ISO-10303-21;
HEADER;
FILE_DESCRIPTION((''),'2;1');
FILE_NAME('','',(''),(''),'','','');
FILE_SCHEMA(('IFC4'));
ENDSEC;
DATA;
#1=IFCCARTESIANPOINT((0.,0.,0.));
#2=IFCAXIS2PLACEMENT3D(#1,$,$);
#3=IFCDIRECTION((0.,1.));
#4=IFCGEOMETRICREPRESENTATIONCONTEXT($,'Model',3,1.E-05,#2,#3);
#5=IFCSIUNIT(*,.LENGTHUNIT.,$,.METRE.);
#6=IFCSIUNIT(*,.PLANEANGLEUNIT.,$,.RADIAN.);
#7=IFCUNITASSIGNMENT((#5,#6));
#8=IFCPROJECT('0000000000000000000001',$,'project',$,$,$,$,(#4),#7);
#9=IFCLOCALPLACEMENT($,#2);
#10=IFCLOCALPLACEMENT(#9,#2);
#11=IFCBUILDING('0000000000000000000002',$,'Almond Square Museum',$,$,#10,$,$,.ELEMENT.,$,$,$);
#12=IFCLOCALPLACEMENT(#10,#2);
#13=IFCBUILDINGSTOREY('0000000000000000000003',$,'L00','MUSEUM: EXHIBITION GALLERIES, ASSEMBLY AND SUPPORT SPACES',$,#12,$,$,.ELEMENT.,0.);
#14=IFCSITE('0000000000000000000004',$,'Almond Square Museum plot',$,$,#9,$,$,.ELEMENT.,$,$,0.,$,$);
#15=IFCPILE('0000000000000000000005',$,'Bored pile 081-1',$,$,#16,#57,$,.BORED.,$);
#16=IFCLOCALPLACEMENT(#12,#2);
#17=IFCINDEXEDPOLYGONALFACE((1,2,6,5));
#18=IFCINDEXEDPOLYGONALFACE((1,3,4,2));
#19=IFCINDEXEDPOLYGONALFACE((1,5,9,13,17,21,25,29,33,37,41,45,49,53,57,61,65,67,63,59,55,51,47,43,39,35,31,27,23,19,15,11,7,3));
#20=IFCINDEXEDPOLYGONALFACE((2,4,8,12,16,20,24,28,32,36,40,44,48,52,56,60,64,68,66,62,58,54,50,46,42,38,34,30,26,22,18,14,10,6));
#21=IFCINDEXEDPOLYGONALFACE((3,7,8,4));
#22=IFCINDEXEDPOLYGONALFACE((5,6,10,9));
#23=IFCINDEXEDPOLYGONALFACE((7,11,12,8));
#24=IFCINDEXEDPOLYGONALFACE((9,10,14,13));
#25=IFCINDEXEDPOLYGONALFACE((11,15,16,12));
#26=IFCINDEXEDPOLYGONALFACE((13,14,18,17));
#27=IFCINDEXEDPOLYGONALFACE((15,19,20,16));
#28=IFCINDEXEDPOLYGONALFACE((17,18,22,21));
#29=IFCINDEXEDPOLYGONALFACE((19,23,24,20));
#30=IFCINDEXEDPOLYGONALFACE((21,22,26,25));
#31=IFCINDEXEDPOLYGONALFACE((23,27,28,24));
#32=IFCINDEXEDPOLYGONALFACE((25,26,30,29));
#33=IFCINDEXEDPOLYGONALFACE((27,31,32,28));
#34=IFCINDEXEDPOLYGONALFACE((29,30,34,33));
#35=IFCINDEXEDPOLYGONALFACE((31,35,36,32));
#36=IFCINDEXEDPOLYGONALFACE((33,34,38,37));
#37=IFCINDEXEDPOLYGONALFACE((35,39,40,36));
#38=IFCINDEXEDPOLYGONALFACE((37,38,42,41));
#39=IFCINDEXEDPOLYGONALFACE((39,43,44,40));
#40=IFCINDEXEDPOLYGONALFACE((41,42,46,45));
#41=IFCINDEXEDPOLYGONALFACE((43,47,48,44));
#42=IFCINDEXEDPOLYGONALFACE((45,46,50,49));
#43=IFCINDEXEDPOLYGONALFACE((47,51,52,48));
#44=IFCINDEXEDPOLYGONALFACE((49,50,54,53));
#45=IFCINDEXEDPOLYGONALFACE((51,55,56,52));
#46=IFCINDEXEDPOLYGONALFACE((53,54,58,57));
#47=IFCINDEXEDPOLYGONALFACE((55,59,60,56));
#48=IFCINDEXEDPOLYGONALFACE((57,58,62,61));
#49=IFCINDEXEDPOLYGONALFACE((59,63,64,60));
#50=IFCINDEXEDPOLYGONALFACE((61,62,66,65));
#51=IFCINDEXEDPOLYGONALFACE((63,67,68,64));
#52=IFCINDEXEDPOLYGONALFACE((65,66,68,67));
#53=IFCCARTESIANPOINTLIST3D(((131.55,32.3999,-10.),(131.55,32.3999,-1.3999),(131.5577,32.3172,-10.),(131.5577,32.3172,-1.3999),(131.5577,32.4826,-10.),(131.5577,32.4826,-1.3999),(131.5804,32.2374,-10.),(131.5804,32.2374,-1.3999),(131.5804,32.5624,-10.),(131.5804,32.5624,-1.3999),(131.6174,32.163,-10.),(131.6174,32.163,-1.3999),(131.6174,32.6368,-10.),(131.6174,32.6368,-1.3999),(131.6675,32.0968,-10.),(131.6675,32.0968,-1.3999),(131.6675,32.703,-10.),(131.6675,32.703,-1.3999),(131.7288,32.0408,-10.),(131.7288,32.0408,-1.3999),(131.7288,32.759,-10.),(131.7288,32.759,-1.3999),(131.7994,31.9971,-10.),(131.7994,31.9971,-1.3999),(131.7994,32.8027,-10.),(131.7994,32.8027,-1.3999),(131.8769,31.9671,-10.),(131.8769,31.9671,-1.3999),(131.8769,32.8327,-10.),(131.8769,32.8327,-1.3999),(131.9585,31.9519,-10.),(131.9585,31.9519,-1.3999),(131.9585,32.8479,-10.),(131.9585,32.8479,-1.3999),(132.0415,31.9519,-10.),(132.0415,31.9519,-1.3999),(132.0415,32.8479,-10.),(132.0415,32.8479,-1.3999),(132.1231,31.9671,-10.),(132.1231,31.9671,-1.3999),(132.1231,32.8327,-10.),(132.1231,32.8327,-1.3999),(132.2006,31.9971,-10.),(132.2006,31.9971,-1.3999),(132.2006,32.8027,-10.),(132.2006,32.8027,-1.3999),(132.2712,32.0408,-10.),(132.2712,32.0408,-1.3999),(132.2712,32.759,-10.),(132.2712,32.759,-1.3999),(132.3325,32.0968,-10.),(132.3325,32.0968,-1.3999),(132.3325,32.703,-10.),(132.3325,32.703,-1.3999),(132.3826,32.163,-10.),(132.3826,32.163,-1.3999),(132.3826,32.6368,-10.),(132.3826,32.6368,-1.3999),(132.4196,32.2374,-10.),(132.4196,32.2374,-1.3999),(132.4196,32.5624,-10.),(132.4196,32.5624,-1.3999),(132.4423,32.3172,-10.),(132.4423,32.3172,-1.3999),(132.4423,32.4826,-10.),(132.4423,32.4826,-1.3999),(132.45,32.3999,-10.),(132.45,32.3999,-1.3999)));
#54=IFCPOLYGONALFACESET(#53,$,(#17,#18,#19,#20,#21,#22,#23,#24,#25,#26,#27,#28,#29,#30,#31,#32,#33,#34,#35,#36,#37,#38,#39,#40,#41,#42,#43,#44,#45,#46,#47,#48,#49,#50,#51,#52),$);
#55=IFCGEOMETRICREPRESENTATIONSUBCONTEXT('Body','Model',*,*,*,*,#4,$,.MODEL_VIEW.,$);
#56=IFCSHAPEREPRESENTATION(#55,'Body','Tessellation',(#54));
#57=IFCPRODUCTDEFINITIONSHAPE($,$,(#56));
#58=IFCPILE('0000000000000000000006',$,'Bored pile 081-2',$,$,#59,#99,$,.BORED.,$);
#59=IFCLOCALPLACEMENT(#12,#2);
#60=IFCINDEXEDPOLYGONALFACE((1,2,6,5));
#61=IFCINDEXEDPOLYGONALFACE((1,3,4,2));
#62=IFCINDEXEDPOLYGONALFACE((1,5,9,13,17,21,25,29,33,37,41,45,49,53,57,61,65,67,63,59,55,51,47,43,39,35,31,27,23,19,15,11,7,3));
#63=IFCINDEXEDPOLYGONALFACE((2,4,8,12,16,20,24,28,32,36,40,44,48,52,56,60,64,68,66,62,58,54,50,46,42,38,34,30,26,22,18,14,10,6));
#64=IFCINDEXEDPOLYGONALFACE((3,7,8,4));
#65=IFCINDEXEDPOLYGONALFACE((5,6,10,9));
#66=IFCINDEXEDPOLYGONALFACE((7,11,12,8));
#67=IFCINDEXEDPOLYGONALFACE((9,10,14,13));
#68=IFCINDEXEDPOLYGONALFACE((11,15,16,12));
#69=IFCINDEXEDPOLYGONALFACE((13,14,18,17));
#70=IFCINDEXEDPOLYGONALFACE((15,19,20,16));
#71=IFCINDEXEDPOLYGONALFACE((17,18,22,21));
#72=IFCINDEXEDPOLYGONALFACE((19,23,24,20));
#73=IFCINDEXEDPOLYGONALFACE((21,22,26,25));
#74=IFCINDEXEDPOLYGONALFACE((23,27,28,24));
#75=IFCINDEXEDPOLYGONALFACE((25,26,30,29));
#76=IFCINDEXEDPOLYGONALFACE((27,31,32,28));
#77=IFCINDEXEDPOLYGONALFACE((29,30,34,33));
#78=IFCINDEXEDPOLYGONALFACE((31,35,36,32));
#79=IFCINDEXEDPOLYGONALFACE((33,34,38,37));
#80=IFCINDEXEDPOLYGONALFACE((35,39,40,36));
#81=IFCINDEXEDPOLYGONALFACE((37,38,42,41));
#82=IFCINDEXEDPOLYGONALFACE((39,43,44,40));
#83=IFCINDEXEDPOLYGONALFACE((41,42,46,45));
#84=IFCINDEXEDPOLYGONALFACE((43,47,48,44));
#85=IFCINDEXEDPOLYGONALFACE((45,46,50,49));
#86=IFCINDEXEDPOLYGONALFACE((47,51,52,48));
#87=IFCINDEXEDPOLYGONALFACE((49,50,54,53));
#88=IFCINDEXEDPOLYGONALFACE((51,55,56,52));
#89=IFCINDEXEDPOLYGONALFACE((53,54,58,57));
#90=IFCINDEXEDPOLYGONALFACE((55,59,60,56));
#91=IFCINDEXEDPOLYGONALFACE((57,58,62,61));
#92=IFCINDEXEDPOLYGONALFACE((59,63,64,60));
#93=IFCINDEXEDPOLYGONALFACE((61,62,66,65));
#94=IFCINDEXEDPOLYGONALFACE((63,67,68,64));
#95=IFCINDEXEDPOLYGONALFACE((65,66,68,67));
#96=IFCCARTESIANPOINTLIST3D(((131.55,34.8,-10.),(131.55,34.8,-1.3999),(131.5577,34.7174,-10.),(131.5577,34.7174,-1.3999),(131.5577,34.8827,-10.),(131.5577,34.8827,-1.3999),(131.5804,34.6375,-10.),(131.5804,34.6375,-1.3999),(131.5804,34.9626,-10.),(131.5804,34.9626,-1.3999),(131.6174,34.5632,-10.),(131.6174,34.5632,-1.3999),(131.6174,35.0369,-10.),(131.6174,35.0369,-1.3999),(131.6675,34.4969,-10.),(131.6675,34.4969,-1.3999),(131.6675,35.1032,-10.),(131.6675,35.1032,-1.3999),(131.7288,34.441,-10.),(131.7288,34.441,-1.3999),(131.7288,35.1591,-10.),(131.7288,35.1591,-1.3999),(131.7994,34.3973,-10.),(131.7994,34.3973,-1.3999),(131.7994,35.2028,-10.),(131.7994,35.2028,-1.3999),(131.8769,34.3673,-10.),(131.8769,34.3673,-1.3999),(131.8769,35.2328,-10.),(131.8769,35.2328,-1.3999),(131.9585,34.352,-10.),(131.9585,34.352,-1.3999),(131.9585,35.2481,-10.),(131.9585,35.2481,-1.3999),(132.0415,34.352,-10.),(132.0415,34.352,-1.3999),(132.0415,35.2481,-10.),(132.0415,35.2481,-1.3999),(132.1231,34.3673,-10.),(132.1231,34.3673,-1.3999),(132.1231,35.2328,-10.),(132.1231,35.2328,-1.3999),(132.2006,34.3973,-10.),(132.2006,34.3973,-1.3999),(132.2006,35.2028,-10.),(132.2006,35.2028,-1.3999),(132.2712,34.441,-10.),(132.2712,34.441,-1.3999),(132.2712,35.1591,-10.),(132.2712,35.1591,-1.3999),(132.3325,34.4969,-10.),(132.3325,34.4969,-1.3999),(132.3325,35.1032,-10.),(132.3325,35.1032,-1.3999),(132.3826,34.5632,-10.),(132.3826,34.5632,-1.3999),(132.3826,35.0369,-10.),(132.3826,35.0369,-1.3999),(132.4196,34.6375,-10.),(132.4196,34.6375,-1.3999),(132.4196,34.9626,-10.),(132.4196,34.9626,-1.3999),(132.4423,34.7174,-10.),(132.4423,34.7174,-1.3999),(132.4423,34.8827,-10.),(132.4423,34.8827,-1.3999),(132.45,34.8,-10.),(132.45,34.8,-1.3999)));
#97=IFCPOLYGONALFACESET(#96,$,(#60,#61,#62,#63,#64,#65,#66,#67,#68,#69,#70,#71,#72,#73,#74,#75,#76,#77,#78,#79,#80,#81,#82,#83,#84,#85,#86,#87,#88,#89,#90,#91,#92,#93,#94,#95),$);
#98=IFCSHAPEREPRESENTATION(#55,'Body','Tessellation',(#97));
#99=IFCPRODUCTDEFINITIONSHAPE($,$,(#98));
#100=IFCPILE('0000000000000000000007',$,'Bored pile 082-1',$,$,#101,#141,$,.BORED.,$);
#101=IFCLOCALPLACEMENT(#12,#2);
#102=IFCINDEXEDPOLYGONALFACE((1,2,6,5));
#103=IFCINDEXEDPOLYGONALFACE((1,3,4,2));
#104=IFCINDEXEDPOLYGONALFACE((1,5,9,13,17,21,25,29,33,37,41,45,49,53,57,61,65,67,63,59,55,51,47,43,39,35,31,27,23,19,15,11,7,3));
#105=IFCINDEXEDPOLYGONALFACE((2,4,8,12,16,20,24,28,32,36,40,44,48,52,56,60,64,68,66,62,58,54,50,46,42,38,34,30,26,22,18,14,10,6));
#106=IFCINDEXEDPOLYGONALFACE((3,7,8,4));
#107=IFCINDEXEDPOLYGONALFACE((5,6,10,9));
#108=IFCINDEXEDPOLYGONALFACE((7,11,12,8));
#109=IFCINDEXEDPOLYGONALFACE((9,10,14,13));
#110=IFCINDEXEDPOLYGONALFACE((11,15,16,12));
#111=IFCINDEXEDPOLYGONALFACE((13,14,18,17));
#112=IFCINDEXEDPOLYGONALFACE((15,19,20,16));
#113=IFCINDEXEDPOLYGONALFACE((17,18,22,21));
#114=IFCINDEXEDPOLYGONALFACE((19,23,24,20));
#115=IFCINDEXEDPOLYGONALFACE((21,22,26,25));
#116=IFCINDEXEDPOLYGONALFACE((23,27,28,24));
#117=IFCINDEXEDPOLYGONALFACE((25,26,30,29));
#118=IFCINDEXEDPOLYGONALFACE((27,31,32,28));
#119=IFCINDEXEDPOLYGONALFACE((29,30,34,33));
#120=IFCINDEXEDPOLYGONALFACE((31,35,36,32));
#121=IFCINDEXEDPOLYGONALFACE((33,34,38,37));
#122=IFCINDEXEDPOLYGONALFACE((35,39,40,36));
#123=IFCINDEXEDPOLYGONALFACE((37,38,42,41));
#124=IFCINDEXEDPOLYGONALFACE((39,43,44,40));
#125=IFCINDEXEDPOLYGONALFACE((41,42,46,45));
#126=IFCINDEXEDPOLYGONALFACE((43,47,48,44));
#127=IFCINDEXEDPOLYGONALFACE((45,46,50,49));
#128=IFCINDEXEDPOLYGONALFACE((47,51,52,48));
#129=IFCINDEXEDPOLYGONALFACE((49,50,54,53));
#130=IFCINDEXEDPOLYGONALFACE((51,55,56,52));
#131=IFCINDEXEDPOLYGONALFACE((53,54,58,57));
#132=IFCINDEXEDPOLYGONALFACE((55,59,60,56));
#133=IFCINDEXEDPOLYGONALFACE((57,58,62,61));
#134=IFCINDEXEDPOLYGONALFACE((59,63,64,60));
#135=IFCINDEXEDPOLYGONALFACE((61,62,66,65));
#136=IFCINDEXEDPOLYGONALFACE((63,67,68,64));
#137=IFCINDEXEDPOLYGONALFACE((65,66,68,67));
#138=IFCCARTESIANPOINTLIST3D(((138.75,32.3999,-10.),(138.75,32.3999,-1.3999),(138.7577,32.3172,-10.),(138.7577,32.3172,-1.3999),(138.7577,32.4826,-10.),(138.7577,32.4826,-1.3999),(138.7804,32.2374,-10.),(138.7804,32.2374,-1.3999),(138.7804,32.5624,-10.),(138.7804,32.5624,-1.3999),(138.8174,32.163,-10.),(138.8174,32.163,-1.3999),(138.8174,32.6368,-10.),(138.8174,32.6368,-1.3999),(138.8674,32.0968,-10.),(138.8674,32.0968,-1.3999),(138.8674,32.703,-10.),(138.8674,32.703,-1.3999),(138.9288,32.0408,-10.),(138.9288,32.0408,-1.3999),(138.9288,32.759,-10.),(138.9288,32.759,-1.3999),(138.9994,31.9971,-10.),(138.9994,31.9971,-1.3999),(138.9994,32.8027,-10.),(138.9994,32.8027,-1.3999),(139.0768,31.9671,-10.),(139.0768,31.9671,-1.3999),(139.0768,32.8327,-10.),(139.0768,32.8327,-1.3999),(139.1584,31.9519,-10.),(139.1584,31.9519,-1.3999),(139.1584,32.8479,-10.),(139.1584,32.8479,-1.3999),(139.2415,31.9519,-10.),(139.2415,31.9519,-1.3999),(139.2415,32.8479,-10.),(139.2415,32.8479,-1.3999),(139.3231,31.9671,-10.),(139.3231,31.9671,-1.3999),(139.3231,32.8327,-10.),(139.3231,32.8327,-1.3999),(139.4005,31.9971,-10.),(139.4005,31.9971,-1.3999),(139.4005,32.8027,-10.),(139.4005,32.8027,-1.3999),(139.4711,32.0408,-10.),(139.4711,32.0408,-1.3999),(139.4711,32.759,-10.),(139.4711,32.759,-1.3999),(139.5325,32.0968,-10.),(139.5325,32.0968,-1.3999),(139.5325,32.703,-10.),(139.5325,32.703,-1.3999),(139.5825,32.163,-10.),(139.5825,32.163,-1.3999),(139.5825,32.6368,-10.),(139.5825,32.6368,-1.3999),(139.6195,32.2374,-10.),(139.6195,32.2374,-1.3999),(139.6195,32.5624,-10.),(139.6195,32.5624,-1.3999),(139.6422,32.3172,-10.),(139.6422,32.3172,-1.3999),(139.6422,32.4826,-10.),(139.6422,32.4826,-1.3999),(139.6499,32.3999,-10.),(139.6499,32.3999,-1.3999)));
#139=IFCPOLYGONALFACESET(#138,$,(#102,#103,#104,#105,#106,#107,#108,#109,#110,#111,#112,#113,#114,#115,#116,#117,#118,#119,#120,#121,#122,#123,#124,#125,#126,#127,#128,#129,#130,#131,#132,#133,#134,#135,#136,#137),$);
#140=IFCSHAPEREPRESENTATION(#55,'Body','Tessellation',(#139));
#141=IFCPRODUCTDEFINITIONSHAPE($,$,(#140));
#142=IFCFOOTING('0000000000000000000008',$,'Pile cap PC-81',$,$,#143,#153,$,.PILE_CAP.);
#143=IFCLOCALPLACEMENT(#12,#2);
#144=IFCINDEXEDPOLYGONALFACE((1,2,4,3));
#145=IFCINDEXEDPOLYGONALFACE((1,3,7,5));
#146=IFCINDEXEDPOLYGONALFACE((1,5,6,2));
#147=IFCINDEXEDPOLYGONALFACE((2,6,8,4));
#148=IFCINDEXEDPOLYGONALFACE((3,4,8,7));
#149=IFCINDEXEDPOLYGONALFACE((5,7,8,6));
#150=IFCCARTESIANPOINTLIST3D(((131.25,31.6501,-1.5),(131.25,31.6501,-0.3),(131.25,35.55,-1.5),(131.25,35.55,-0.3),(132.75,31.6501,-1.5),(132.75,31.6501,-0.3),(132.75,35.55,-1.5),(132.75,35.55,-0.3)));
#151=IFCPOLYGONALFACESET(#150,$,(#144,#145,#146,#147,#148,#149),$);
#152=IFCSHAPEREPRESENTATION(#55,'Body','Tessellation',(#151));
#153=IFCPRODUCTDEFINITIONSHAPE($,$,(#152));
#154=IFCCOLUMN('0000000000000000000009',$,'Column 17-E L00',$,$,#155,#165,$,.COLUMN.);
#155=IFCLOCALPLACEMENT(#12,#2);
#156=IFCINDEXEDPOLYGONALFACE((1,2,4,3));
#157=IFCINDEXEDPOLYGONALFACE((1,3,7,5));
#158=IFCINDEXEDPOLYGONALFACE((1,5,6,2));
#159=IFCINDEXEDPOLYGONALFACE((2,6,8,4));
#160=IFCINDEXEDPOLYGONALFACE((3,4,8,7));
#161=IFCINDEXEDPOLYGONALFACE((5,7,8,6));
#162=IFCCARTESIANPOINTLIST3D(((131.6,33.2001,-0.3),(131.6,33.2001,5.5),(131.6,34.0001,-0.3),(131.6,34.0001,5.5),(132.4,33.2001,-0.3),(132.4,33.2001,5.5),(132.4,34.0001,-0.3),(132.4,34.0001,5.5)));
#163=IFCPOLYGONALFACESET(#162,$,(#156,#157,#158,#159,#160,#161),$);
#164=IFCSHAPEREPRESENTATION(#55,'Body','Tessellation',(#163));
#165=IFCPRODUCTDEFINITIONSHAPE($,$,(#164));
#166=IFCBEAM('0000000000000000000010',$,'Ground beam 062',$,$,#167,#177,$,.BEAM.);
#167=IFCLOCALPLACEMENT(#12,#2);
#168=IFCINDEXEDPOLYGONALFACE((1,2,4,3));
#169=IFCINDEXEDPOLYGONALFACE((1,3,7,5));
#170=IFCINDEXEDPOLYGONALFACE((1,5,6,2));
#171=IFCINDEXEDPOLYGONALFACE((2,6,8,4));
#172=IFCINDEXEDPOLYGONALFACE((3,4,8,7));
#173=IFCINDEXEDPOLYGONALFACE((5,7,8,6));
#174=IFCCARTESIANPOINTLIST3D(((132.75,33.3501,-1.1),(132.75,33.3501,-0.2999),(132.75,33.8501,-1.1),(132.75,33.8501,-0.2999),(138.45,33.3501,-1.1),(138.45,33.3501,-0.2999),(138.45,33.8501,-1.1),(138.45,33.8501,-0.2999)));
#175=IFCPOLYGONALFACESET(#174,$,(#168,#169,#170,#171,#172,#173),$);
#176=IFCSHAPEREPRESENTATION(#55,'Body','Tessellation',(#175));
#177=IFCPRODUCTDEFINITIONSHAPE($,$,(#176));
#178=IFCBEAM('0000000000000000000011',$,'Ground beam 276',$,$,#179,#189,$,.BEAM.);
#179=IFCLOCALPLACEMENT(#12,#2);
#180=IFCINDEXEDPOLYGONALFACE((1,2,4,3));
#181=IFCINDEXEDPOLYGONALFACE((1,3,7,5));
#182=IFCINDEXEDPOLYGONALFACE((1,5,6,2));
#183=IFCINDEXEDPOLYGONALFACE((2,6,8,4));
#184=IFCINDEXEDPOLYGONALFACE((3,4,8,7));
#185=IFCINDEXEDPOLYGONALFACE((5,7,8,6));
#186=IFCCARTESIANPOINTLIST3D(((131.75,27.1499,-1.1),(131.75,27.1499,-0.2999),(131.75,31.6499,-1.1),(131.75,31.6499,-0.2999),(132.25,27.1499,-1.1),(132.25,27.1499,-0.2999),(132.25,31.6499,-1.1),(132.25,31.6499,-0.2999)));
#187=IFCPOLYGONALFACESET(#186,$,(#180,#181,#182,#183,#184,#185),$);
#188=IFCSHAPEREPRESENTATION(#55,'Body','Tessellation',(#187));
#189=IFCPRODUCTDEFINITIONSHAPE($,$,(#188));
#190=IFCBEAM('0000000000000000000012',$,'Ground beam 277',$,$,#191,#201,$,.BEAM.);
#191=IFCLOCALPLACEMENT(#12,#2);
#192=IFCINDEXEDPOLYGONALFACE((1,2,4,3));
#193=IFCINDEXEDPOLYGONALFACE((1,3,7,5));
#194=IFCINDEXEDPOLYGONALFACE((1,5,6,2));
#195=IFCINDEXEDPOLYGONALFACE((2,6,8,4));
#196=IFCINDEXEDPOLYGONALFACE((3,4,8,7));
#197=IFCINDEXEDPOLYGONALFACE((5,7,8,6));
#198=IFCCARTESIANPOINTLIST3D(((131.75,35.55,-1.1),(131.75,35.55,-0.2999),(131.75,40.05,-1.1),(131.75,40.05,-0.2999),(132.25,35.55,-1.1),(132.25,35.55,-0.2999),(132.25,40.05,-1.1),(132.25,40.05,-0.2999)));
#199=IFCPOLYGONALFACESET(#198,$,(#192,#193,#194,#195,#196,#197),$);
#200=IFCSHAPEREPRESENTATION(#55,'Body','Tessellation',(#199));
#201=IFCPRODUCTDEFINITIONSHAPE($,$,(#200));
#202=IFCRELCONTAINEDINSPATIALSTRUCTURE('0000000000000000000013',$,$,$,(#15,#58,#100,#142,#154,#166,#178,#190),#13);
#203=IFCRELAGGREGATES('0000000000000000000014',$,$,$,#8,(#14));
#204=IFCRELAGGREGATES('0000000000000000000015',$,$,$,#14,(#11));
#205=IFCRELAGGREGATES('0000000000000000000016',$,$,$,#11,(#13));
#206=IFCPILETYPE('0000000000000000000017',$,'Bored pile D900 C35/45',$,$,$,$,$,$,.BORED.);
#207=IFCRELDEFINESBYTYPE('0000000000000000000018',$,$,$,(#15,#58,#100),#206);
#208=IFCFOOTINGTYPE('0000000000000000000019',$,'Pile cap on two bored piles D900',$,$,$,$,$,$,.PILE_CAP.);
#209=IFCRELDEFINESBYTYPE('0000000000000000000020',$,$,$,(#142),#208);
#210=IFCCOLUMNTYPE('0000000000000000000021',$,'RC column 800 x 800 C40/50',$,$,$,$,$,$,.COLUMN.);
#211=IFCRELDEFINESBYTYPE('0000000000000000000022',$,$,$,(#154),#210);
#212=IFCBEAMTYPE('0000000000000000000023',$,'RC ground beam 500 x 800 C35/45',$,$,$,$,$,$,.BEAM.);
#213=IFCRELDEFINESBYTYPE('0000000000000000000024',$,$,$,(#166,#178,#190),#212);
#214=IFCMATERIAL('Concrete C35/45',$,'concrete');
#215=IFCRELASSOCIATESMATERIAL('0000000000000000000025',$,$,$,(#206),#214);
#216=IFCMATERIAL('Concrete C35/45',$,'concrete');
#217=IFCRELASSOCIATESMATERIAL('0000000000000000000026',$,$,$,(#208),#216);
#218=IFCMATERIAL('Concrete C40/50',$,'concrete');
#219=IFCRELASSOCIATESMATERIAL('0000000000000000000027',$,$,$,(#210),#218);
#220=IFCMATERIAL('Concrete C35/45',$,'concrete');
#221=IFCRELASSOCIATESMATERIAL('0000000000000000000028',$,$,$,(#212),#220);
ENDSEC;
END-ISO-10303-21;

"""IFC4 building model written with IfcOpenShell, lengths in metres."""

from ifc_helpers import new_model, si_unit, direction, frame, origin, origin_2d, place, context, subcontext, project, spatial, rectangle, circle, extrude, material, material_profile, profile_set, type_object, element, save


model = new_model("IFC4")

# Units and contexts
model_context = context("Model", 3, precision=1e-05, world=origin(), true_north=direction((0.0, 1.0)))
body_context = subcontext(model_context, "Body", "Model", "MODEL_VIEW")
ifc_project = project(units=[si_unit("LENGTHUNIT", "METRE"), si_unit("PLANEANGLEUNIT", "RADIAN")], contexts=[model_context])

# Site, building, storey
site_placement = place(None, origin())
site = spatial("IfcSite", under=ifc_project, at=site_placement, Name="Almond Square Museum plot", CompositionType="ELEMENT", RefElevation=0.0)
building_placement = place(site_placement, origin())
building = spatial("IfcBuilding", under=site, at=building_placement, Name="Almond Square Museum", CompositionType="ELEMENT")
storey_placement = place(building_placement, origin())
storey = spatial("IfcBuildingStorey", under=building, at=storey_placement, Name="L00", Description="MUSEUM: EXHIBITION GALLERIES, ASSEMBLY AND SUPPORT SPACES", CompositionType="ELEMENT", Elevation=0.0)

# Piles
ifc_material_1 = material(Name="Concrete C35/45", Category="concrete")
ifc_material_profile_1 = material_profile(ifc_material_1, circle(Radius=0.45, at=origin_2d()))
ifc_profile_set_1 = profile_set([ifc_material_profile_1], Name="Concrete C35/45")
pile_type = type_object("IfcPileType", Name="Bored pile D900 C35/45", PredefinedType="BORED", material=ifc_profile_set_1)
for number, where, z_axis, x_axis, name in (
    (1, (132.0, 32.3999, -1.3999), (0.0, 0.0, -1.0), (1.0, 0.0, 0.0), "Bored pile 081-1"),
    (2, (132.0, 34.8, -1.3999), (0.0, 0.0, -1.0), (1.0, 0.0, 0.0), "Bored pile 081-2"),
    (3, (139.2, 32.3999, -1.3999), (0.0, 0.0, -1.0), (1.0, 0.0, 0.0), "Bored pile 082-1"),
):
    element("IfcPile", number, at=place(storey_placement, frame(where, z_axis=z_axis, x_axis=x_axis)), inside=storey, type_object=pile_type, Name=name, PredefinedType="BORED", context=body_context, shape_type="SweptSolid", body=[
        extrude(circle(Radius=0.45, at=origin_2d()), origin(), (0.0, 0.0, 1.0), 8.6001),
    ])

# Footing
ifc_material_2 = material(Name="Concrete C35/45", Category="concrete")
footing_type = type_object("IfcFootingType", Name="Pile cap on two bored piles D900", PredefinedType="PILE_CAP", material=ifc_material_2)
footing_placement = place(storey_placement, frame((132.0, 33.6001, -1.5), z_axis=(0.0, 0.0, 1.0), x_axis=(1.0, 0.0, 0.0)))
element("IfcFooting", 4, at=footing_placement, inside=storey, type_object=footing_type, Name="Pile cap PC-81", PredefinedType="PILE_CAP", context=body_context, shape_type="SweptSolid", body=[
    extrude(rectangle(XDim=1.5, YDim=3.8999, at=origin_2d()), origin(), (0.0, 0.0, 1.0), 1.2),
])

# Column
ifc_material_3 = material(Name="Concrete C40/50", Category="concrete")
ifc_material_profile_2 = material_profile(ifc_material_3, rectangle(XDim=0.8, YDim=0.8, at=origin_2d()))
ifc_profile_set_2 = profile_set([ifc_material_profile_2], Name="Concrete C40/50")
column_type = type_object("IfcColumnType", Name="RC column 800 x 800 C40/50", PredefinedType="COLUMN", material=ifc_profile_set_2)
column_placement = place(storey_placement, frame((132.0, 33.6001, -0.3), z_axis=(0.0, 0.0, 1.0), x_axis=(1.0, 0.0, 0.0)))
element("IfcColumn", 5, at=column_placement, inside=storey, type_object=column_type, Name="Column 17-E L00", PredefinedType="COLUMN", context=body_context, shape_type="SweptSolid", body=[
    extrude(rectangle(XDim=0.8, YDim=0.8, at=origin_2d()), origin(), (0.0, 0.0, 1.0), 5.8),
])

# Beams
ifc_material_4 = material(Name="Concrete C35/45", Category="concrete")
ifc_material_profile_3 = material_profile(ifc_material_4, rectangle(XDim=0.5, YDim=0.8, at=origin_2d()))
ifc_profile_set_3 = profile_set([ifc_material_profile_3], Name="Concrete C35/45")
beam_type = type_object("IfcBeamType", Name="RC ground beam 500 x 800 C35/45", PredefinedType="BEAM", material=ifc_profile_set_3)
beam_placement = place(storey_placement, frame((132.75, 33.6001, -0.7), z_axis=(1.0, 0.0, 0.0), x_axis=(0.0, 1.0, 0.0)))
element("IfcBeam", 6, at=beam_placement, inside=storey, type_object=beam_type, Name="Ground beam 062", PredefinedType="BEAM", context=body_context, shape_type="SweptSolid", body=[
    extrude(rectangle(XDim=0.5, YDim=0.8, at=origin_2d()), origin(), (0.0, 0.0, 1.0), 5.7),
])
for number, where, z_axis, x_axis, name in (
    (7, (132.0, 27.1499, -0.7), (0.0, 1.0, 0.0), (-1.0, 0.0, 0.0), "Ground beam 276"),
    (8, (132.0, 35.55, -0.7), (0.0, 1.0, 0.0), (-1.0, 0.0, 0.0), "Ground beam 277"),
):
    element("IfcBeam", number, at=place(storey_placement, frame(where, z_axis=z_axis, x_axis=x_axis)), inside=storey, type_object=beam_type, Name=name, PredefinedType="BEAM", context=body_context, shape_type="SweptSolid", body=[
        extrude(rectangle(XDim=0.5, YDim=0.8, at=origin_2d()), origin(), (0.0, 0.0, 1.0), 4.5),
    ])

save(model, "model.ifc")
